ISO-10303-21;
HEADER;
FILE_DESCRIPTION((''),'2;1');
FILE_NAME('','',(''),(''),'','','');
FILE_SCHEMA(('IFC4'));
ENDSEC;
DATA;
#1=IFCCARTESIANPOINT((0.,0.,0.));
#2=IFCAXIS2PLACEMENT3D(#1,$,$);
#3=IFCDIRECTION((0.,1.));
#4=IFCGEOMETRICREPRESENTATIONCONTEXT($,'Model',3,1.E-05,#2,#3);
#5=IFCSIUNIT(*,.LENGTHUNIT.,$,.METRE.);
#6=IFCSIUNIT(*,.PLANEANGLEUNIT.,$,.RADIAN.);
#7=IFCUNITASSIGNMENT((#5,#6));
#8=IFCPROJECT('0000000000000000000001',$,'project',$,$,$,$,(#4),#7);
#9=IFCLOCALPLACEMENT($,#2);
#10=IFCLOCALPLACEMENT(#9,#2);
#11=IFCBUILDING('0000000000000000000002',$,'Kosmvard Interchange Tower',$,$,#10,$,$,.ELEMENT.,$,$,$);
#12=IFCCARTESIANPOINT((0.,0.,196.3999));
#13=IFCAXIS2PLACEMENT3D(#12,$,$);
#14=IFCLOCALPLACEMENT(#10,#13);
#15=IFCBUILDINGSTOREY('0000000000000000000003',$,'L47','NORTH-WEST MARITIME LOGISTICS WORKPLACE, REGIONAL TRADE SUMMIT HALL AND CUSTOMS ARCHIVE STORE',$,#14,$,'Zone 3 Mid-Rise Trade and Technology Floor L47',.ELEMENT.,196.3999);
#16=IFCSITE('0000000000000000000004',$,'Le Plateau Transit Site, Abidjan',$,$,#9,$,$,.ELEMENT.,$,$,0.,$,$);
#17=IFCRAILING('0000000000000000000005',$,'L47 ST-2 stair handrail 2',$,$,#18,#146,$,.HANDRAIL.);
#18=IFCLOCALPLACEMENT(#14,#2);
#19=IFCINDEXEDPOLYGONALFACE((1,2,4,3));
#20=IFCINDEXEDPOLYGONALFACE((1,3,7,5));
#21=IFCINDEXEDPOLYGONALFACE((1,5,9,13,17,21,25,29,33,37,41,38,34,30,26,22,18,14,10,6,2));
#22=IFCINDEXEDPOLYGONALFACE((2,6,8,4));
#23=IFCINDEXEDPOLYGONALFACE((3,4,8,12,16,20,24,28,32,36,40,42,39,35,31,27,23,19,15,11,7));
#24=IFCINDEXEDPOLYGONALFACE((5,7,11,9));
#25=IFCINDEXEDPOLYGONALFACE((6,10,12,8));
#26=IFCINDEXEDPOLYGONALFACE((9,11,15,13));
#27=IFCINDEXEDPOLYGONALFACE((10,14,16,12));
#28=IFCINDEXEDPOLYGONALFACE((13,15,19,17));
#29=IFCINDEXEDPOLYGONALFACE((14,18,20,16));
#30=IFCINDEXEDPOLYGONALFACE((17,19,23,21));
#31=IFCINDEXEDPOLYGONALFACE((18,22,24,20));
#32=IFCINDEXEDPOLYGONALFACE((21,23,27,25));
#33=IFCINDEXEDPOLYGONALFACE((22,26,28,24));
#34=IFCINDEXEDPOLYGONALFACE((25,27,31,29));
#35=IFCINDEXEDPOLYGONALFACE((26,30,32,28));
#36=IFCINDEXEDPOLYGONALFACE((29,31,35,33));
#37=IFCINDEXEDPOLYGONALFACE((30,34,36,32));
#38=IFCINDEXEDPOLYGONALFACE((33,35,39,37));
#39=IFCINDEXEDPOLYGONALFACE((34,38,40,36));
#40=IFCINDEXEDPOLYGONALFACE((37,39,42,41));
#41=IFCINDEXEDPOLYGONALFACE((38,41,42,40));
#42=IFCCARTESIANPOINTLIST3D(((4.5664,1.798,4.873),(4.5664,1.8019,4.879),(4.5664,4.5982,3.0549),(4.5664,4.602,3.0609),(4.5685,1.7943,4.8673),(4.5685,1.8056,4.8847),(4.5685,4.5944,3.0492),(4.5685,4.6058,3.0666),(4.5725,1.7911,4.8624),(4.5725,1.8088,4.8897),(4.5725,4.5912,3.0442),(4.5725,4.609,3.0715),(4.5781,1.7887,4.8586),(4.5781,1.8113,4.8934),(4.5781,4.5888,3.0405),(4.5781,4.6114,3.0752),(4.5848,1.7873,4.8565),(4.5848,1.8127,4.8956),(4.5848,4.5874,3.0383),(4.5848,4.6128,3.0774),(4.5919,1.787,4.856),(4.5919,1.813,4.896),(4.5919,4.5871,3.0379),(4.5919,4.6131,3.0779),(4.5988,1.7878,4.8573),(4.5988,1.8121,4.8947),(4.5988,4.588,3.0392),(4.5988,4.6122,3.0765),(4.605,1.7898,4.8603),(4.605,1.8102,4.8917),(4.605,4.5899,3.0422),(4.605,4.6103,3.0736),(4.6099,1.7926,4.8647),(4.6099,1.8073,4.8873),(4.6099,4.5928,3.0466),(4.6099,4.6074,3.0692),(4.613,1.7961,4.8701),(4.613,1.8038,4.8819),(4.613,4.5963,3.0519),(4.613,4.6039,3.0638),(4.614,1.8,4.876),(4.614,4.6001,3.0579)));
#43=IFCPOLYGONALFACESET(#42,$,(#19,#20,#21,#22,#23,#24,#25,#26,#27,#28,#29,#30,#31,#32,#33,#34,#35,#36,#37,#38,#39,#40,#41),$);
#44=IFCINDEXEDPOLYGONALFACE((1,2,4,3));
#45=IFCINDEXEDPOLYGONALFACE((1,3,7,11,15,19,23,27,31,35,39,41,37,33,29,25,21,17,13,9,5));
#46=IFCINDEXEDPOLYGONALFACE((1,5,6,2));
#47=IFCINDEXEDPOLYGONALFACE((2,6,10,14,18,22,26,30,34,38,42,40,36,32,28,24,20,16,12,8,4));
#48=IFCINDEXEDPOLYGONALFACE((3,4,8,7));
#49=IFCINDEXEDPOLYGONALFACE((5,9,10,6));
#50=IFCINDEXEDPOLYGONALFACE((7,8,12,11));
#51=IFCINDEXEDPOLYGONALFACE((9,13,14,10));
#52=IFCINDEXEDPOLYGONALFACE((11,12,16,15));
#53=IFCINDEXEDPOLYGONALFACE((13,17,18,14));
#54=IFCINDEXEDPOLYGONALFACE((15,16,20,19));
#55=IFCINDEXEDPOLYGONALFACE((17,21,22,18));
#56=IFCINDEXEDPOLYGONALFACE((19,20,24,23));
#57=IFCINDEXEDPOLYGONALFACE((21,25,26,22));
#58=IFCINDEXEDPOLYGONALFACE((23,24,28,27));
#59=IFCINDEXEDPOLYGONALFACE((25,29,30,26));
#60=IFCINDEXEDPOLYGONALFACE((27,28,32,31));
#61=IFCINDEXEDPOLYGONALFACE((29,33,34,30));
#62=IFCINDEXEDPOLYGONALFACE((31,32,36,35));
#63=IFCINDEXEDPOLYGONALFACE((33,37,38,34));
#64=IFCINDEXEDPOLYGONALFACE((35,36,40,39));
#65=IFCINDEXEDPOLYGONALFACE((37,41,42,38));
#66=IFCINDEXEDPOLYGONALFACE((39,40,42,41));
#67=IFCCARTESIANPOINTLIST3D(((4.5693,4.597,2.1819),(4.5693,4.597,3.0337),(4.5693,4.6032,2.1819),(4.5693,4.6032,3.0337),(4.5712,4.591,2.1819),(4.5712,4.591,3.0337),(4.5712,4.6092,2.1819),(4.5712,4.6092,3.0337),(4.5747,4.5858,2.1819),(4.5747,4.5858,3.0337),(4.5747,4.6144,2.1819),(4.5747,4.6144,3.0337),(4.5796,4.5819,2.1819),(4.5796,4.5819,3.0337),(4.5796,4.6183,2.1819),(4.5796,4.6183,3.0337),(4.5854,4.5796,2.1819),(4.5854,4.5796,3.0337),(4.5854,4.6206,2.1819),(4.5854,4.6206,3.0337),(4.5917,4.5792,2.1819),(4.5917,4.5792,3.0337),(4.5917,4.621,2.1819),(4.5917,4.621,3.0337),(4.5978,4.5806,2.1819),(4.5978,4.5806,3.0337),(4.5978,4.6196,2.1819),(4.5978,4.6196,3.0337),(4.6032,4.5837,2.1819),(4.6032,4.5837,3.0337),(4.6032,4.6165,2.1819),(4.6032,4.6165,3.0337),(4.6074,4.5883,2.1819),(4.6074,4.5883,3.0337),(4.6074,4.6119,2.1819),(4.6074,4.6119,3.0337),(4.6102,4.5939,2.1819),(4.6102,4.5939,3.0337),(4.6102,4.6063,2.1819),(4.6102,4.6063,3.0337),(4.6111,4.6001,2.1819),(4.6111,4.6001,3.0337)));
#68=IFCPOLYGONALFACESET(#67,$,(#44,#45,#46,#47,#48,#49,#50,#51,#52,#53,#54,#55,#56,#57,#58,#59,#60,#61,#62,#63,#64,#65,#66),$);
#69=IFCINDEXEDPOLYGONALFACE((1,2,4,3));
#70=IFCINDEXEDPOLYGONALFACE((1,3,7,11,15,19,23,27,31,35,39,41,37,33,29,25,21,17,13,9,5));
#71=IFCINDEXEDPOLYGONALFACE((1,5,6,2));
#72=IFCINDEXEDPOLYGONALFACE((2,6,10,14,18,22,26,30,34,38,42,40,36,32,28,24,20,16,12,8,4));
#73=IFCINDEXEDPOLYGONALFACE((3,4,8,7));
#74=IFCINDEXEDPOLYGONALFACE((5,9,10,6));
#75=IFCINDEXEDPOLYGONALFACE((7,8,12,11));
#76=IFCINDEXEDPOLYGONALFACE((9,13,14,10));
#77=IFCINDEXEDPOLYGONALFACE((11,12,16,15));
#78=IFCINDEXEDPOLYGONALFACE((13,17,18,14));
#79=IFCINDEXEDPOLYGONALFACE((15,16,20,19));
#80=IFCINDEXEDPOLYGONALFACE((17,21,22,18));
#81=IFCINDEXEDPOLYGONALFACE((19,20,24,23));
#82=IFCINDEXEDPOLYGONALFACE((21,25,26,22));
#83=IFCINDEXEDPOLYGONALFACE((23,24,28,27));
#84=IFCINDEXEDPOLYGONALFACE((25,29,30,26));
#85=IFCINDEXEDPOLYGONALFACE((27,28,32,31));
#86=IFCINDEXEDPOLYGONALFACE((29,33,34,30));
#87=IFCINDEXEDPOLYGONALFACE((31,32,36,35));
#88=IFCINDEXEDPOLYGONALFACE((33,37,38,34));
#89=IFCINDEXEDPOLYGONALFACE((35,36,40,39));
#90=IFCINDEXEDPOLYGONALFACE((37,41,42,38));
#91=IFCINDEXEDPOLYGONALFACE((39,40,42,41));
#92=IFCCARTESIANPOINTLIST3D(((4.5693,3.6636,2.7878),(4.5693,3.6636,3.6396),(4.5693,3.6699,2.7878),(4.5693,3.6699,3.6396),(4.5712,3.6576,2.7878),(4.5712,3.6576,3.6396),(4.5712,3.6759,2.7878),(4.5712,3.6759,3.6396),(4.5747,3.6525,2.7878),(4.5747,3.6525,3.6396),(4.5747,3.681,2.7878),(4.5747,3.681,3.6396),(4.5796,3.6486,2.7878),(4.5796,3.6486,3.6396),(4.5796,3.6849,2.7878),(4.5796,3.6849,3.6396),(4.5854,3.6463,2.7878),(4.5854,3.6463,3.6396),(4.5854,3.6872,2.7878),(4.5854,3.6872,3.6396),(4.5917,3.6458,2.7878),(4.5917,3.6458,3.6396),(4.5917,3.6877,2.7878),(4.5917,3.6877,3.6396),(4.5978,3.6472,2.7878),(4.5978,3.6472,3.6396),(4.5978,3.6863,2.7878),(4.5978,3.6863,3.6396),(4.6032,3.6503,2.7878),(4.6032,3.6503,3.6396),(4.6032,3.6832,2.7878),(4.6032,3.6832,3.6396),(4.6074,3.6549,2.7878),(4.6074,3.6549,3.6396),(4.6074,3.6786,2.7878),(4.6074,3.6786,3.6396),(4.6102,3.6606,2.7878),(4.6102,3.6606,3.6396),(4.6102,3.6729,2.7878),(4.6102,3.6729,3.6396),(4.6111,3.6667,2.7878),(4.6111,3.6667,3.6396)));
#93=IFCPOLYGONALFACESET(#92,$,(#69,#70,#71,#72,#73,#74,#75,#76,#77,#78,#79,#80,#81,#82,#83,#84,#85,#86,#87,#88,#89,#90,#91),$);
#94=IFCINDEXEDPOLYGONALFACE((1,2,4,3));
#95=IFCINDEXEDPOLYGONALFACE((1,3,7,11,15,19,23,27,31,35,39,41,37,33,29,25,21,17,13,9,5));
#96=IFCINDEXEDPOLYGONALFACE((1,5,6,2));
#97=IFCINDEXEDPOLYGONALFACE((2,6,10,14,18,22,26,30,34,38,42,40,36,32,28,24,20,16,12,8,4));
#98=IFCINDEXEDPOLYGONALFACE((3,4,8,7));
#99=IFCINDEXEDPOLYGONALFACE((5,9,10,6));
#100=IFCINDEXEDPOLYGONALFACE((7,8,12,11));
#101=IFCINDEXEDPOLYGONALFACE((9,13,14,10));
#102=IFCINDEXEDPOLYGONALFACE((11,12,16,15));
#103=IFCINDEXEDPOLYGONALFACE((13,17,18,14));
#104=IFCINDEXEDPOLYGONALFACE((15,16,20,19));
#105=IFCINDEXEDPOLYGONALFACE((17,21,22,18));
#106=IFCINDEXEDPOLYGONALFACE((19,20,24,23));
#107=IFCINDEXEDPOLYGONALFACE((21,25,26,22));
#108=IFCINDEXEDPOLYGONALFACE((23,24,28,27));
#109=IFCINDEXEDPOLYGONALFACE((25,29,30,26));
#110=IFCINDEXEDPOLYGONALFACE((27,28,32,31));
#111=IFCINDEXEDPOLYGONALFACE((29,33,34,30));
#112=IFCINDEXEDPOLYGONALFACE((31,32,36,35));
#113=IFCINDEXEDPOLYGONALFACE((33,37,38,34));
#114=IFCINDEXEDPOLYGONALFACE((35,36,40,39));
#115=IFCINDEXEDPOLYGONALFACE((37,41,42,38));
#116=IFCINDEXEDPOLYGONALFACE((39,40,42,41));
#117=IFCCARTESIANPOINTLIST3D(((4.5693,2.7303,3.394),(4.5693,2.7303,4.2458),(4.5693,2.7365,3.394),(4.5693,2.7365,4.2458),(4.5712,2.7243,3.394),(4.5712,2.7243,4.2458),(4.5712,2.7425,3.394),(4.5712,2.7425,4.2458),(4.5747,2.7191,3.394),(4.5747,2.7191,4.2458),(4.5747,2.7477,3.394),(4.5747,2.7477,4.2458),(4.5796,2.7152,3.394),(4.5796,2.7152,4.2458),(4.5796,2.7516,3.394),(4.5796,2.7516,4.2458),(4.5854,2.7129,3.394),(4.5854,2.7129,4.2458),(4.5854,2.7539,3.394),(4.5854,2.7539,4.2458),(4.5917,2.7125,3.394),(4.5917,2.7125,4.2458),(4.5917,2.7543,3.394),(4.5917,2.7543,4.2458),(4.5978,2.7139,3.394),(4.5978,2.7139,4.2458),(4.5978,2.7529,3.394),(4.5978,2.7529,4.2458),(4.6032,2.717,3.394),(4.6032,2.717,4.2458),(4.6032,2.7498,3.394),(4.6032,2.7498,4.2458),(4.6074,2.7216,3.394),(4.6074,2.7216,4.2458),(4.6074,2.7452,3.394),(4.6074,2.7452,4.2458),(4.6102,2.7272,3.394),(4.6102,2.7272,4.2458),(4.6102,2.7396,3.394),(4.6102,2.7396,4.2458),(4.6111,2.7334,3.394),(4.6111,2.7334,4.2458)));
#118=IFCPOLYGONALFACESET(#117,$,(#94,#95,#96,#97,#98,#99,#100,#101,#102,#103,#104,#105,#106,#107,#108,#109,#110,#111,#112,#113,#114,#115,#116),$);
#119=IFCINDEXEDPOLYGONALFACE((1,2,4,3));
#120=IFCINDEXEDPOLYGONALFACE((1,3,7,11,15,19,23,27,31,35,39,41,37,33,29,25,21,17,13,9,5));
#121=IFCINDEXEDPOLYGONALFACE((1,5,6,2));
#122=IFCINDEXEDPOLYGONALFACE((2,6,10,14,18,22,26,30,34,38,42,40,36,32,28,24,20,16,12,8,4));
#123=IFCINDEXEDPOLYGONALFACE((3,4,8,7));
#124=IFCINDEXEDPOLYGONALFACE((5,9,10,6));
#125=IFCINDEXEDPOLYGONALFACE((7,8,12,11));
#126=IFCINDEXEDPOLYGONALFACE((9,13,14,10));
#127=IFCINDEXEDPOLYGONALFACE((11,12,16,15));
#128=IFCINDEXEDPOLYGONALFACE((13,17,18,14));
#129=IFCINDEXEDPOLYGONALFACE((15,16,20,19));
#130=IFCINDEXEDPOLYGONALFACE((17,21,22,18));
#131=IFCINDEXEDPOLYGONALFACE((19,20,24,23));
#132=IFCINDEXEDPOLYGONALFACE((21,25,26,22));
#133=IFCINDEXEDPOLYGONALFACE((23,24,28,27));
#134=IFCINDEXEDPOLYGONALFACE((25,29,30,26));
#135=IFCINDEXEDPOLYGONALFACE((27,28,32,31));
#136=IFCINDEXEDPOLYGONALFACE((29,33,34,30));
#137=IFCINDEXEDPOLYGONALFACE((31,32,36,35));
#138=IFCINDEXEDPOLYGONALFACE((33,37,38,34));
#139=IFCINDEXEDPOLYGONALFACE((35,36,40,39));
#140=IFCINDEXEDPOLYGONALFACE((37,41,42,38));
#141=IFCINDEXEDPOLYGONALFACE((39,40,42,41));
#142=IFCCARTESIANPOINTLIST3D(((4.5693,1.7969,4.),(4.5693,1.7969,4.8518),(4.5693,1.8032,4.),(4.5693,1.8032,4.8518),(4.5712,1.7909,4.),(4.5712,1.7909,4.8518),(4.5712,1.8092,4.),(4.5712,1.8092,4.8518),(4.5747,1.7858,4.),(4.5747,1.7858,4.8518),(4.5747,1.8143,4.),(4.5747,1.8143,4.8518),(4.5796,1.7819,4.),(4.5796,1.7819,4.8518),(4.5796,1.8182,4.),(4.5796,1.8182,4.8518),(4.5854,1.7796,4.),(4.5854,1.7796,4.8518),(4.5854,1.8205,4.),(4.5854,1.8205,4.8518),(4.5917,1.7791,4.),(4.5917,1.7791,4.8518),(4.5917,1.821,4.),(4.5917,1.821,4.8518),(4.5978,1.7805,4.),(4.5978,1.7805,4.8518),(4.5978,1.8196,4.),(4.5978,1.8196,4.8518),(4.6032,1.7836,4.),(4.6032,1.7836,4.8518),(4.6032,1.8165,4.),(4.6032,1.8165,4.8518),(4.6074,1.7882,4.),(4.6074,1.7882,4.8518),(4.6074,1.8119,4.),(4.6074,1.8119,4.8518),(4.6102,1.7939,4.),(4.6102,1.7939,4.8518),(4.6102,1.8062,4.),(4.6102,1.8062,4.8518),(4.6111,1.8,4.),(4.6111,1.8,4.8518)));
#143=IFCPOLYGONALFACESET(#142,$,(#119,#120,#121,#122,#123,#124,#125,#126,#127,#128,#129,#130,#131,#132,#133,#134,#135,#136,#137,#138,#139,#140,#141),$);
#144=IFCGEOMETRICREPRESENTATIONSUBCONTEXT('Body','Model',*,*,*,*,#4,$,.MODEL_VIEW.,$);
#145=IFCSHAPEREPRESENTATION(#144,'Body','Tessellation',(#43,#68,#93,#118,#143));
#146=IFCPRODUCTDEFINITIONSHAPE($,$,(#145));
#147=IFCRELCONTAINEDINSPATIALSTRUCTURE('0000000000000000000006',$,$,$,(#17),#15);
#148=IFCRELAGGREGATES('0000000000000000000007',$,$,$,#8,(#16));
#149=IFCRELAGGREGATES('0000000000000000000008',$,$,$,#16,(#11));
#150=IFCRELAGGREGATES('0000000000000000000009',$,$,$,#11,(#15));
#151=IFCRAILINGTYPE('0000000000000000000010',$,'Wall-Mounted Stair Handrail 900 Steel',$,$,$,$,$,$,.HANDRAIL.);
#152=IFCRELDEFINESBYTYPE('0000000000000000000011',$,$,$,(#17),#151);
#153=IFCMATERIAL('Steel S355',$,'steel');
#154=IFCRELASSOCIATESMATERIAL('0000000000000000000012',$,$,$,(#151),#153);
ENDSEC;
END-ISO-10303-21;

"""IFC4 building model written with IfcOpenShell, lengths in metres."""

from ifc_helpers import new_model, si_unit, direction, frame, origin, origin_2d, place, context, subcontext, project, spatial, circle, extrude, source, transform, mapped, material, type_object, element, save


model = new_model("IFC4")

# Units and contexts
model_context = context("Model", 3, precision=1e-05, world=origin(), true_north=direction((0.0, 1.0)))
body_context = subcontext(model_context, "Body", "Model", "MODEL_VIEW")
ifc_project = project(units=[si_unit("LENGTHUNIT", "METRE"), si_unit("PLANEANGLEUNIT", "RADIAN")], contexts=[model_context])

# Site, building, storey
site_placement = place(None, origin())
site = spatial("IfcSite", under=ifc_project, at=site_placement, Name="Le Plateau Transit Site, Abidjan", CompositionType="ELEMENT", RefElevation=0.0)
building_placement = place(site_placement, origin())
building = spatial("IfcBuilding", under=site, at=building_placement, Name="Kosmvard Interchange Tower", CompositionType="ELEMENT")
storey_placement = place(building_placement, frame((0.0, 0.0, 196.3999)))
storey = spatial("IfcBuildingStorey", under=building, at=storey_placement, Name="L47", Description="NORTH-WEST MARITIME LOGISTICS WORKPLACE, REGIONAL TRADE SUMMIT HALL AND CUSTOMS ARCHIVE STORE", LongName="Zone 3 Mid-Rise Trade and Technology Floor L47", CompositionType="ELEMENT", Elevation=196.3999)

# Railing
ifc_material_1 = material(Name="Steel S355", Category="steel")
railing_type_1 = type_object("IfcRailingType", Name="Wall-Mounted Stair Handrail 900 Steel", PredefinedType="HANDRAIL", material=ifc_material_1)
shared_shape_1 = source(origin(), body_context, "Body", "SweptSolid", [
    extrude(circle(Radius=0.0239, at=origin_2d()), frame((0.0, 0.0, 0.876), z_axis=(0.0, -0.838706, 0.544585), x_axis=(1.0, 0.0, 0.0)), (0.0, 0.0, 1.0), 3.3386),
    extrude(circle(Radius=0.021, at=origin_2d()), origin(), (0.0, 0.0, 1.0), 0.8518),
    extrude(circle(Radius=0.021, at=origin_2d()), frame((0.0, -0.9333, 0.606)), (0.0, 0.0, 1.0), 0.8518),
    extrude(circle(Radius=0.021, at=origin_2d()), frame((0.0, -1.8667, 1.2122)), (0.0, 0.0, 1.0), 0.8518),
    extrude(circle(Radius=0.021, at=origin_2d()), frame((0.0, -2.8, 1.8181)), (0.0, 0.0, 1.0), 0.8518),
])
railing_1_placement = place(storey_placement, frame((4.5901, 4.6001, 2.1819)))
element("IfcRailing", 1, at=railing_1_placement, inside=storey, type_object=railing_type_1, Name="L47 ST-2 stair handrail 2", PredefinedType="HANDRAIL", context=body_context, shape_type="MappedRepresentation", body=[
    mapped(shared_shape_1, transform((0.0, 0.0, 0.0), scale=1.0)),
])

save(model, "model.ifc")
